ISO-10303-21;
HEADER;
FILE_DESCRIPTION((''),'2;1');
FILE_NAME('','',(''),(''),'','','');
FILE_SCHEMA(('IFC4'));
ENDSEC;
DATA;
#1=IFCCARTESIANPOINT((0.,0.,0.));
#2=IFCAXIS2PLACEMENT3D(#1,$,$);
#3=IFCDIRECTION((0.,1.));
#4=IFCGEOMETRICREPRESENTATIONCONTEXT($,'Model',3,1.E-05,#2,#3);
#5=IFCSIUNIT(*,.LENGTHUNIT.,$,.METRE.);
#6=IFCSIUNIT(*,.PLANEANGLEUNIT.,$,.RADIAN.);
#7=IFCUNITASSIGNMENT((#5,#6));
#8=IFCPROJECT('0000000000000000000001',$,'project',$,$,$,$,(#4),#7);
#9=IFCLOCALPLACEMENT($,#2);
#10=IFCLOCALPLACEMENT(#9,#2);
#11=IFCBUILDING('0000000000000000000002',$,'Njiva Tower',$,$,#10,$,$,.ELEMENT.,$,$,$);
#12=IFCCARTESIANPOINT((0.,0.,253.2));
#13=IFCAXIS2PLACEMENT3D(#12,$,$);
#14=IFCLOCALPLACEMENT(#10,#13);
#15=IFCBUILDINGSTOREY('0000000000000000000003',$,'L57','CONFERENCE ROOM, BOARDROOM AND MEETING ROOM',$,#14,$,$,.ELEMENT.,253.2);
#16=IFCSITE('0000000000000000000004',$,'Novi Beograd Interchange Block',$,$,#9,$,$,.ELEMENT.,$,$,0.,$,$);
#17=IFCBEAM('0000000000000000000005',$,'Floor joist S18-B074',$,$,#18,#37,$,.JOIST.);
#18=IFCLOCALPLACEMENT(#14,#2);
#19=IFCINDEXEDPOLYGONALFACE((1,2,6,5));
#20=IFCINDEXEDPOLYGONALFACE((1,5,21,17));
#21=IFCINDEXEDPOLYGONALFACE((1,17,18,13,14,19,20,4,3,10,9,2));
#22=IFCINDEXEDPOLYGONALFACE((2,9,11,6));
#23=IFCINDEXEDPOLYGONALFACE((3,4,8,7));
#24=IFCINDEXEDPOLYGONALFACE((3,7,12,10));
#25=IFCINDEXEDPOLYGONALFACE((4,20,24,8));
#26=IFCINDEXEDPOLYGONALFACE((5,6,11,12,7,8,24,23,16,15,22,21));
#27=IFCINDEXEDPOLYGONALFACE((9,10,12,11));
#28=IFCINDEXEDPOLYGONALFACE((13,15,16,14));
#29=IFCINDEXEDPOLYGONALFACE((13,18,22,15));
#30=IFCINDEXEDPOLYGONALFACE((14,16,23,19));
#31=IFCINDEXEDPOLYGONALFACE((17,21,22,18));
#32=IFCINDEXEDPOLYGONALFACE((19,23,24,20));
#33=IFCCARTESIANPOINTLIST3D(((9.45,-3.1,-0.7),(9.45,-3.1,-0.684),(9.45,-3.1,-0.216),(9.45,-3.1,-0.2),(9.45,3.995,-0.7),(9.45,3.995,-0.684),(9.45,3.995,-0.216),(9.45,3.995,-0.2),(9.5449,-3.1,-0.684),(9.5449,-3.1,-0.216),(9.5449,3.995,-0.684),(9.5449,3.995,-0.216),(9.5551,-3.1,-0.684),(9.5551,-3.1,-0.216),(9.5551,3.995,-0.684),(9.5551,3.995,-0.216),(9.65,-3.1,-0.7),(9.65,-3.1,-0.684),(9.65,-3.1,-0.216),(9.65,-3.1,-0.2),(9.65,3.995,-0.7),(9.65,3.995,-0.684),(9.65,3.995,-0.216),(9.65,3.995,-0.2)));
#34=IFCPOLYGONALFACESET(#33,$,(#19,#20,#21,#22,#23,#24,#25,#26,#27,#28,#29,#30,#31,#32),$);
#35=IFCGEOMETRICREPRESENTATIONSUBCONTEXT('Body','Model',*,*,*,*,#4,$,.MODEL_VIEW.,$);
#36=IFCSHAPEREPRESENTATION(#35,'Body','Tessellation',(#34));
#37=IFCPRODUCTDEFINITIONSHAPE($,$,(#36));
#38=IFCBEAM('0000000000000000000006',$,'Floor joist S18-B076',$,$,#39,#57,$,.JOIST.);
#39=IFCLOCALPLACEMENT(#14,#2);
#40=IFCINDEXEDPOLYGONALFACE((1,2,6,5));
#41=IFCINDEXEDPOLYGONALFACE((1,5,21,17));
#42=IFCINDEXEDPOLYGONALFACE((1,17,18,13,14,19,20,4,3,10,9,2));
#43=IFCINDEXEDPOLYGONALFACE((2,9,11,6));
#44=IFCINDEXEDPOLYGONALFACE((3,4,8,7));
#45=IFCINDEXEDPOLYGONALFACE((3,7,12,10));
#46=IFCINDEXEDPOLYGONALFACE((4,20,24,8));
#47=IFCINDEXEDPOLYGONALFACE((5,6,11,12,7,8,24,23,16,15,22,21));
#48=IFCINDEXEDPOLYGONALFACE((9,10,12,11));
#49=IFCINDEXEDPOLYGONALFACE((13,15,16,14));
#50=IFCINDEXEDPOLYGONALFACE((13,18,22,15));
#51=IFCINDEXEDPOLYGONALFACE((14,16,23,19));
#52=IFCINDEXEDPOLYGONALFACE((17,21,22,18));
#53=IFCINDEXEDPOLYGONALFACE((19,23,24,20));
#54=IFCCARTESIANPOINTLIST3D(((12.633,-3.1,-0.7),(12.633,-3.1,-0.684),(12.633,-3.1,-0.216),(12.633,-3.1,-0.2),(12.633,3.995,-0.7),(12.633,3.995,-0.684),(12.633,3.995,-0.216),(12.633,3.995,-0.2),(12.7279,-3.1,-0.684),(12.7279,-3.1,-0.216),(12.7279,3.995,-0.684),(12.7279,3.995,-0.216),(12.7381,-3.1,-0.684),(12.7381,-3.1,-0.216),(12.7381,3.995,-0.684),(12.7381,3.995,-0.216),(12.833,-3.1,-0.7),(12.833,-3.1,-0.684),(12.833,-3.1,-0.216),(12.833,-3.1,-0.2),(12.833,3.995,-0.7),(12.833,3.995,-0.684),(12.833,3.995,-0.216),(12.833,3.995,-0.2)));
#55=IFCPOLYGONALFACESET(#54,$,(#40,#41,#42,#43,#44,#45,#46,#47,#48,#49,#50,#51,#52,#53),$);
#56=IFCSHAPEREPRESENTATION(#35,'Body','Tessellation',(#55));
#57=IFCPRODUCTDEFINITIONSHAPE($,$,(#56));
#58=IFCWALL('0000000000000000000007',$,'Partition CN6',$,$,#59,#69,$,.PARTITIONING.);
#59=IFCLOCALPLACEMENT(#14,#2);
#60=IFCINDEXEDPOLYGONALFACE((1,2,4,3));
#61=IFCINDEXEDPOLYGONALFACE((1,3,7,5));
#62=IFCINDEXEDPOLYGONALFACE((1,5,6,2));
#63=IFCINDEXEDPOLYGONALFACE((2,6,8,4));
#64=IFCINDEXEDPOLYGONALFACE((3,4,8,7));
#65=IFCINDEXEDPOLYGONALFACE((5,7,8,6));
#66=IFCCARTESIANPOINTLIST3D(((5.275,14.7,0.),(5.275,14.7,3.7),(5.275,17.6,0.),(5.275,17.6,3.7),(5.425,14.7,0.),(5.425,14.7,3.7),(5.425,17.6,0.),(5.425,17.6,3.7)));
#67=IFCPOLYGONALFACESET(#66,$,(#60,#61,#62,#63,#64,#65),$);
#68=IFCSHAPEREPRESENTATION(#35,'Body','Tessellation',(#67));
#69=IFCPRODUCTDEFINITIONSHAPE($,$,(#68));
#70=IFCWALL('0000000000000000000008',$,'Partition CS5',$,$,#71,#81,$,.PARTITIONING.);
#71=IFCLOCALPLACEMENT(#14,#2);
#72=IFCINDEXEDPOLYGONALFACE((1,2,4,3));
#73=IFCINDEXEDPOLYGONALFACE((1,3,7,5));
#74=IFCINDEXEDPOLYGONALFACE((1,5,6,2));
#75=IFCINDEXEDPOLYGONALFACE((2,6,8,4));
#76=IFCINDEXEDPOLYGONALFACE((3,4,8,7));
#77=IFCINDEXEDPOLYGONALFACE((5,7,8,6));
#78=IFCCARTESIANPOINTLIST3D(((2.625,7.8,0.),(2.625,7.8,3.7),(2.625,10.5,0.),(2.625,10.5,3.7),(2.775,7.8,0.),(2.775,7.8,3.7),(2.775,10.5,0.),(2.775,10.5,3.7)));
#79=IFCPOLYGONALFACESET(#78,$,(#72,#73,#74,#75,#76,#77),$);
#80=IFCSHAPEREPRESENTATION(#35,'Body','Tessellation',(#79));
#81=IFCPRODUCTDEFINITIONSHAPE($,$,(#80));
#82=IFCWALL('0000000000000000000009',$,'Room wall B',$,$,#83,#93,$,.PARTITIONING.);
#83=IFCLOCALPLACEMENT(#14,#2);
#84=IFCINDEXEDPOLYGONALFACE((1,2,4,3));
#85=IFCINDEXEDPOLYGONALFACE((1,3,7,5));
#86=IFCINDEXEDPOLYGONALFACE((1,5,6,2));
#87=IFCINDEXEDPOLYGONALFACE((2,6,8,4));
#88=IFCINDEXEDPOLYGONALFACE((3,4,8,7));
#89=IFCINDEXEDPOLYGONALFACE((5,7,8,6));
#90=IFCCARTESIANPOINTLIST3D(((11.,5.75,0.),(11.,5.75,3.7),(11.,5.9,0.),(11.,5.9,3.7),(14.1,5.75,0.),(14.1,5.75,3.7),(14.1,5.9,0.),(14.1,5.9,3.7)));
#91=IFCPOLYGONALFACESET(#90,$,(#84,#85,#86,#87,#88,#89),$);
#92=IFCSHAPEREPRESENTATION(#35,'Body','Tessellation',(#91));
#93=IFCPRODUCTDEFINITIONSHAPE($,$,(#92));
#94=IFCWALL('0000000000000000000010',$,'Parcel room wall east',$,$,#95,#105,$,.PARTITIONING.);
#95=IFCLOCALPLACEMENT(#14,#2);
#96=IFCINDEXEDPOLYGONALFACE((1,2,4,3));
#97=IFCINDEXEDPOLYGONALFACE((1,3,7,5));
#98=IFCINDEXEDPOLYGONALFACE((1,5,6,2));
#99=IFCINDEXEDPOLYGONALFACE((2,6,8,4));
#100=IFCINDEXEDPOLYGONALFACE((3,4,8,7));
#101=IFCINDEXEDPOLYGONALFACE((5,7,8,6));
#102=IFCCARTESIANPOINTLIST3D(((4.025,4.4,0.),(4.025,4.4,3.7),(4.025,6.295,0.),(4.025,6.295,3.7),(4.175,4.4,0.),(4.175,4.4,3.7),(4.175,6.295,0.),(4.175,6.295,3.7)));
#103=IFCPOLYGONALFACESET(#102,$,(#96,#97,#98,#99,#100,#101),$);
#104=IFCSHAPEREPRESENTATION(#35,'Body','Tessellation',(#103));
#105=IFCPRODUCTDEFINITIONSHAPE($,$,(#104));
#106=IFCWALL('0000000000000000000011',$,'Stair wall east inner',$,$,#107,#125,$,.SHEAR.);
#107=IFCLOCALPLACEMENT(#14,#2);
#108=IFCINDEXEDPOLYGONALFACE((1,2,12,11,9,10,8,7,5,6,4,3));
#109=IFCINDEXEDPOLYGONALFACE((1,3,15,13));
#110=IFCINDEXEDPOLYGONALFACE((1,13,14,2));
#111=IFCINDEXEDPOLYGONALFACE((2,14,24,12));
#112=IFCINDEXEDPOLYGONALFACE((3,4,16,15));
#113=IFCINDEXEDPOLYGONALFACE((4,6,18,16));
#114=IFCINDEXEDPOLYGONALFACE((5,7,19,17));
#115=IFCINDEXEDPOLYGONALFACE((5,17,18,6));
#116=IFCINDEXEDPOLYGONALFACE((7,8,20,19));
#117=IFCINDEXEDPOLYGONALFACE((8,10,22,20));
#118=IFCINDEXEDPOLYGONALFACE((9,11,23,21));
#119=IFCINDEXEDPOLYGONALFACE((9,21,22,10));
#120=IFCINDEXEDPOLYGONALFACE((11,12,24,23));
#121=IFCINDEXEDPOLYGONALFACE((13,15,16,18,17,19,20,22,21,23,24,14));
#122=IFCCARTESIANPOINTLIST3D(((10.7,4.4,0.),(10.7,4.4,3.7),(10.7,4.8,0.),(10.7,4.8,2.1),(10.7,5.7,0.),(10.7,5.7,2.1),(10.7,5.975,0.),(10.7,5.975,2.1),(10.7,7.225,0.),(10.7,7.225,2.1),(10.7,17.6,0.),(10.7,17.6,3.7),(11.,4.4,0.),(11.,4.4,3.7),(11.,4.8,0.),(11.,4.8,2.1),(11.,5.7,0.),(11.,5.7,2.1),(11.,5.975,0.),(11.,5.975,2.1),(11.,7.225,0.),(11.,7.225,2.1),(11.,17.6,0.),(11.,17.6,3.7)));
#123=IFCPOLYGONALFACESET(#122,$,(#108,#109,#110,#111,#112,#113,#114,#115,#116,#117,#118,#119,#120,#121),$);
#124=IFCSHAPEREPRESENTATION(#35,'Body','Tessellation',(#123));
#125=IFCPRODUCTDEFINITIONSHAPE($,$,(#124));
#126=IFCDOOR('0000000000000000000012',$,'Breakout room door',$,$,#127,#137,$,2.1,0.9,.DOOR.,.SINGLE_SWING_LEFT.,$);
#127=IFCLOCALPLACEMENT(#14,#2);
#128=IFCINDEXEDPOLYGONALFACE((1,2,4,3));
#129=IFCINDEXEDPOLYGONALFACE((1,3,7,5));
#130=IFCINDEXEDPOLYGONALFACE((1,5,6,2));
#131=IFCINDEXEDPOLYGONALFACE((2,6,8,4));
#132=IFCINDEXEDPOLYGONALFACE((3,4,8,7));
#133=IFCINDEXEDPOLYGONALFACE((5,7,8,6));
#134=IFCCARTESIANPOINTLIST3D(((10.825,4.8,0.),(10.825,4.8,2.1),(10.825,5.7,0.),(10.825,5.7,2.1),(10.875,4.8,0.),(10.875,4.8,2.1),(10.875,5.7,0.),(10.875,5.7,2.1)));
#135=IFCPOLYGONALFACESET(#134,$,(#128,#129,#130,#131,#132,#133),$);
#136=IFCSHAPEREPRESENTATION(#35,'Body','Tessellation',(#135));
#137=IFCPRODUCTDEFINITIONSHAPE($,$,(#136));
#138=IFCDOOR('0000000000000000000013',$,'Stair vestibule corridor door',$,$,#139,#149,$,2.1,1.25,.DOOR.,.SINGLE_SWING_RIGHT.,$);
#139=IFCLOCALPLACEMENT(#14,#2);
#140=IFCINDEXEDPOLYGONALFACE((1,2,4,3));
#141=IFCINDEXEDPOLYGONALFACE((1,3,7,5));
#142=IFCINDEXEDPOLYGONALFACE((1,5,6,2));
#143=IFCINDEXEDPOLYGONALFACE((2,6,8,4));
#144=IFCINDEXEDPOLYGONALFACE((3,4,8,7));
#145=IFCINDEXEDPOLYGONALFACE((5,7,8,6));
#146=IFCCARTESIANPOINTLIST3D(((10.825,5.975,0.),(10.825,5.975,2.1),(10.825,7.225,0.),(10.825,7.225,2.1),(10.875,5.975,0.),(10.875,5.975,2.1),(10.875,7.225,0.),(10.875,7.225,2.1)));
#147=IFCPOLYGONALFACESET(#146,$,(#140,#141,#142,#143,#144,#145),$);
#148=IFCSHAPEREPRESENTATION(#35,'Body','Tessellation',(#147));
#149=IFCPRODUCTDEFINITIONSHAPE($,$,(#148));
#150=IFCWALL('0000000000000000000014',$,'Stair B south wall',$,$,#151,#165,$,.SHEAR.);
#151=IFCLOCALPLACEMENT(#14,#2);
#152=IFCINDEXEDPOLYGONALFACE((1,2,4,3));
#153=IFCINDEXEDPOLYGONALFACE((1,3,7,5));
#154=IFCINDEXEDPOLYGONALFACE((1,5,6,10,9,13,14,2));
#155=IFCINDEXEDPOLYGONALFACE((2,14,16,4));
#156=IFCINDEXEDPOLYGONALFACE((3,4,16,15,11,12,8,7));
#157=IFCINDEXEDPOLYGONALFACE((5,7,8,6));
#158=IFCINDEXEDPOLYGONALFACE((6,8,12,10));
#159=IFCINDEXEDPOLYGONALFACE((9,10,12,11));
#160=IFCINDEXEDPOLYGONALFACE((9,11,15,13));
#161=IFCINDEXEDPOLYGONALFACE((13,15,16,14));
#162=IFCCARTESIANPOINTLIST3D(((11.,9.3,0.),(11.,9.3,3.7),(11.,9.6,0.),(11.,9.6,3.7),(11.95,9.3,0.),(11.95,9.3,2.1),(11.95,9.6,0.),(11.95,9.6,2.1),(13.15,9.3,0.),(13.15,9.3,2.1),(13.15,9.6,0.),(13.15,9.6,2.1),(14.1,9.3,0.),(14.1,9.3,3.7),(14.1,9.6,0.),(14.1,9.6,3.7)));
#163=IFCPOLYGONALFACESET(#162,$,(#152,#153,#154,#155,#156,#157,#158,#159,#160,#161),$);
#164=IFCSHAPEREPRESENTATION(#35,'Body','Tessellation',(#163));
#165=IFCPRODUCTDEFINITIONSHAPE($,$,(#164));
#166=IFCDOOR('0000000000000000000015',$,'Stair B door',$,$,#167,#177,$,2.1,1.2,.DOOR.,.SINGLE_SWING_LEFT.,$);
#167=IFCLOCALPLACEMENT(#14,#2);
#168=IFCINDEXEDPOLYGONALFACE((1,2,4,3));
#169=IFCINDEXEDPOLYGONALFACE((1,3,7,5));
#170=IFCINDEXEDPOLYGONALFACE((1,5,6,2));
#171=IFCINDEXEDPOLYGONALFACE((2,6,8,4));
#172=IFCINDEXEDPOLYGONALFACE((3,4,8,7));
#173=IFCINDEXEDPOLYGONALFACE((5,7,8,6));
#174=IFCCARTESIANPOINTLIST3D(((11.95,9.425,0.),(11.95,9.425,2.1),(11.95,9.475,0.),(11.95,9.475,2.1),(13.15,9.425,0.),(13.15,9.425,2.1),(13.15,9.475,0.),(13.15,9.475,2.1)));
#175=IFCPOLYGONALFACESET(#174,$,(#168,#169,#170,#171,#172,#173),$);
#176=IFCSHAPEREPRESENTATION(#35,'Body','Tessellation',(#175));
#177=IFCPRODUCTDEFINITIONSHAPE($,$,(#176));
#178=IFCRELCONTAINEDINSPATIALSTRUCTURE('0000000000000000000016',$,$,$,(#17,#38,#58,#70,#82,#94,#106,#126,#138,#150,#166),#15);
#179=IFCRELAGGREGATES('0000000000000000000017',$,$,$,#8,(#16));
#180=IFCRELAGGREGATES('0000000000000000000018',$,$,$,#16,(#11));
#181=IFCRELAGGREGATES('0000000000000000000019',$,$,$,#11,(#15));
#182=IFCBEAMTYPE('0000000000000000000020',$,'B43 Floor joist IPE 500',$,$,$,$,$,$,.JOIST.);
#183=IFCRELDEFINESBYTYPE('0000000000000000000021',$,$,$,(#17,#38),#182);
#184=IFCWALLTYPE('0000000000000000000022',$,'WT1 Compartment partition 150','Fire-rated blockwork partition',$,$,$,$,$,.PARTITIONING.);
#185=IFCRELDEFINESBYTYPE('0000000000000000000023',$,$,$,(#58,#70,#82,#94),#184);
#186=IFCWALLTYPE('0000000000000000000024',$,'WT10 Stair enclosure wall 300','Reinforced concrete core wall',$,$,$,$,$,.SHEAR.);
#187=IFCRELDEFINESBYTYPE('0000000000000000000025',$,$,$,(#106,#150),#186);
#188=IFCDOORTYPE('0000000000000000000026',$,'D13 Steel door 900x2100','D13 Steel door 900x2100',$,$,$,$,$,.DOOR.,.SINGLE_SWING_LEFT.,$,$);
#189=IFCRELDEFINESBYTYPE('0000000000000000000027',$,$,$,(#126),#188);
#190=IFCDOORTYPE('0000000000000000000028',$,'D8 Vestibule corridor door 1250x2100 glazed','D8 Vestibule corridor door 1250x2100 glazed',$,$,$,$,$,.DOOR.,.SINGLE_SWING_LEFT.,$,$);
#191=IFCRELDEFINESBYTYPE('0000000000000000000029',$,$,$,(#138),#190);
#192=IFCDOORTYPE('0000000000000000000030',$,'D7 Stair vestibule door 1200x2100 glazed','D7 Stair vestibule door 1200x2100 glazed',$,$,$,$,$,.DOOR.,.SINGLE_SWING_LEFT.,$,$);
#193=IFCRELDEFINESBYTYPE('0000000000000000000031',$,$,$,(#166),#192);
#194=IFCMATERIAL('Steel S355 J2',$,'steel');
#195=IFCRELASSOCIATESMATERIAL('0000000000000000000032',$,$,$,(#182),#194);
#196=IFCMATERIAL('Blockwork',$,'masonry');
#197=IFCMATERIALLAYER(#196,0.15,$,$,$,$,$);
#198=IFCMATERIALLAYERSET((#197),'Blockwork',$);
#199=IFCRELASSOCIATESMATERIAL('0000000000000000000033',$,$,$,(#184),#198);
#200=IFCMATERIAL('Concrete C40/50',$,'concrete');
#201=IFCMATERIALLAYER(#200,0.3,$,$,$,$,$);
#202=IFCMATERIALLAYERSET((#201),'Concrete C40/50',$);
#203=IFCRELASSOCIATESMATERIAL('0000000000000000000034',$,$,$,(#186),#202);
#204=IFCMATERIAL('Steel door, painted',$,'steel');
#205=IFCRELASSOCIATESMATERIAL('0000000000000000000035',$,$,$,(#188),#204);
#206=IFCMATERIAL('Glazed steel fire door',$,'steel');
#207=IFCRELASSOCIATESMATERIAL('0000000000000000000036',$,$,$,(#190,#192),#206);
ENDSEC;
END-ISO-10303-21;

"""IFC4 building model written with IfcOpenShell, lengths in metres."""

from ifc_helpers import new_model, si_unit, direction, frame, frame_2d, origin, origin_2d, place, context, subcontext, project, spatial, rectangle, i_section, extrude, material, layer, layer_set, material_profile, profile_set, type_object, element, fill, save


model = new_model("IFC4")

# Units and contexts
model_context = context("Model", 3, precision=1e-05, world=origin(), true_north=direction((0.0, 1.0)))
body_context = subcontext(model_context, "Body", "Model", "MODEL_VIEW")
ifc_project = project(units=[si_unit("LENGTHUNIT", "METRE"), si_unit("PLANEANGLEUNIT", "RADIAN")], contexts=[model_context])

# Site, building, storey
site_placement = place(None, origin())
site = spatial("IfcSite", under=ifc_project, at=site_placement, Name="Novi Beograd Interchange Block", CompositionType="ELEMENT", RefElevation=0.0)
building_placement = place(site_placement, origin())
building = spatial("IfcBuilding", under=site, at=building_placement, Name="Njiva Tower", CompositionType="ELEMENT")
storey_placement = place(building_placement, frame((0.0, 0.0, 253.2)))
storey = spatial("IfcBuildingStorey", under=building, at=storey_placement, Name="L57", Description="CONFERENCE ROOM, BOARDROOM AND MEETING ROOM", CompositionType="ELEMENT", Elevation=253.2)

# Shared definitions
ifc_material_1 = material(Name="Steel S355 J2", Category="steel")

# Beams
ifc_material_profile_1 = material_profile(ifc_material_1, i_section(OverallWidth=0.2, OverallDepth=0.5, WebThickness=0.0102, FlangeThickness=0.016, at=origin_2d()), Name="IPE 500")
ifc_profile_set_1 = profile_set([ifc_material_profile_1], Name="Steel S355 J2")
beam_type_1 = type_object("IfcBeamType", Name="B43 Floor joist IPE 500", PredefinedType="JOIST", material=ifc_profile_set_1)
for number, where, z_axis, x_axis, name in (
    (1, (9.55, 3.995, -0.45), (0.0, -1.0, 0.0), (1.0, 0.0, 0.0), "Floor joist S18-B074"),
    (2, (12.733, 3.995, -0.45), (0.0, -1.0, 0.0), (1.0, 0.0, 0.0), "Floor joist S18-B076"),
):
    element("IfcBeam", number, at=place(storey_placement, frame(where, z_axis=z_axis, x_axis=x_axis)), inside=storey, type_object=beam_type_1, Name=name, PredefinedType="JOIST", context=body_context, shape_type="SweptSolid", body=[
        extrude(i_section(OverallWidth=0.2, OverallDepth=0.5, WebThickness=0.0102, FlangeThickness=0.016, at=origin_2d()), origin(), (0.0, 0.0, 1.0), 7.095),
    ])

# Walls
ifc_material_2 = material(Name="Blockwork", Category="masonry")
ifc_layer_1 = layer(ifc_material_2, 0.15)
ifc_layer_set_1 = layer_set([ifc_layer_1], Name="Blockwork")
wall_type_1 = type_object("IfcWallType", Name="WT1 Compartment partition 150", Description="Fire-rated blockwork partition", PredefinedType="PARTITIONING", material=ifc_layer_set_1)
wall_1_placement = place(storey_placement, frame((5.35, 14.7, 0.0), z_axis=(0.0, 0.0, 1.0), x_axis=(0.0, 1.0, 0.0)))
element("IfcWall", 3, at=wall_1_placement, inside=storey, type_object=wall_type_1, Name="Partition CN6", PredefinedType="PARTITIONING", context=body_context, shape_type="SweptSolid", body=[
    extrude(rectangle(XDim=2.9, YDim=0.15, at=frame_2d((1.45, 0.0))), origin(), (0.0, 0.0, 1.0), 3.7),
])
wall_2_placement = place(storey_placement, frame((2.7, 7.8, 0.0), z_axis=(0.0, 0.0, 1.0), x_axis=(0.0, 1.0, 0.0)))
element("IfcWall", 4, at=wall_2_placement, inside=storey, type_object=wall_type_1, Name="Partition CS5", PredefinedType="PARTITIONING", context=body_context, shape_type="SweptSolid", body=[
    extrude(rectangle(XDim=2.7, YDim=0.15, at=frame_2d((1.35, 0.0))), origin(), (0.0, 0.0, 1.0), 3.7),
])
wall_3_placement = place(storey_placement, frame((11.0, 5.825, 0.0), z_axis=(0.0, 0.0, 1.0), x_axis=(1.0, 0.0, 0.0)))
element("IfcWall", 5, at=wall_3_placement, inside=storey, type_object=wall_type_1, Name="Room wall B", PredefinedType="PARTITIONING", context=body_context, shape_type="SweptSolid", body=[
    extrude(rectangle(XDim=3.1, YDim=0.15, at=frame_2d((1.55, 0.0))), origin(), (0.0, 0.0, 1.0), 3.7),
])
wall_4_placement = place(storey_placement, frame((4.1, 4.4, 0.0), z_axis=(0.0, 0.0, 1.0), x_axis=(0.0, 1.0, 0.0)))
element("IfcWall", 6, at=wall_4_placement, inside=storey, type_object=wall_type_1, Name="Parcel room wall east", PredefinedType="PARTITIONING", context=body_context, shape_type="SweptSolid", body=[
    extrude(rectangle(XDim=1.895, YDim=0.15, at=frame_2d((0.9475, 0.0))), origin(), (0.0, 0.0, 1.0), 3.7),
])

# Wall, openings, doors
ifc_material_3 = material(Name="Concrete C40/50", Category="concrete")
ifc_layer_2 = layer(ifc_material_3, 0.3)
ifc_layer_set_2 = layer_set([ifc_layer_2], Name="Concrete C40/50")
wall_type_2 = type_object("IfcWallType", Name="WT10 Stair enclosure wall 300", Description="Reinforced concrete core wall", PredefinedType="SHEAR", material=ifc_layer_set_2)
wall_5_placement = place(storey_placement, frame((10.85, 4.4, 0.0), z_axis=(0.0, 0.0, 1.0), x_axis=(0.0, 1.0, 0.0)))
wall_5 = element("IfcWall", 7, at=wall_5_placement, inside=storey, type_object=wall_type_2, Name="Stair wall east inner", PredefinedType="SHEAR", context=body_context, shape_type="SweptSolid", body=[
    extrude(rectangle(XDim=13.2, YDim=0.3, at=frame_2d((6.6, 0.0))), origin(), (0.0, 0.0, 1.0), 3.7),
])
opening_1_placement = place(wall_5_placement, frame((1.575, 0.0, 0.0)))
opening_1 = element("IfcOpeningElement", 8, at=opening_1_placement, cuts=wall_5, PredefinedType="OPENING", context=body_context, shape_type="SweptSolid", body=[
    extrude(rectangle(XDim=1.25, YDim=2.1, at=frame_2d((0.625, 1.05))), frame((0.0, 0.16, 0.0), z_axis=(0.0, -1.0, 0.0), x_axis=(1.0, 0.0, 0.0)), (0.0, 0.0, 1.0), 0.32),
])
opening_2_placement = place(wall_5_placement, frame((0.4, 0.0, 0.0)))
opening_2 = element("IfcOpeningElement", 9, at=opening_2_placement, cuts=wall_5, PredefinedType="OPENING", context=body_context, shape_type="SweptSolid", body=[
    extrude(rectangle(XDim=0.9, YDim=2.1, at=frame_2d((0.45, 1.05))), frame((0.0, 0.16, 0.0), z_axis=(0.0, -1.0, 0.0), x_axis=(1.0, 0.0, 0.0)), (0.0, 0.0, 1.0), 0.32),
])
ifc_material_4 = material(Name="Steel door, painted", Category="steel")
door_type_1 = type_object("IfcDoorType", Name="D13 Steel door 900x2100", Description="D13 Steel door 900x2100", OperationType="SINGLE_SWING_LEFT", PredefinedType="DOOR", material=ifc_material_4)
door_1_placement = place(opening_2_placement, origin())
door_1 = element("IfcDoor", 10, at=door_1_placement, inside=storey, type_object=door_type_1, Name="Breakout room door", OperationType="SINGLE_SWING_LEFT", OverallHeight=2.1, OverallWidth=0.9, PredefinedType="DOOR", context=body_context, shape_type="SweptSolid", body=[
    extrude(rectangle(XDim=0.9, YDim=2.1, at=frame_2d((0.45, 1.05))), frame((0.0, 0.025, 0.0), z_axis=(0.0, -1.0, 0.0), x_axis=(1.0, 0.0, 0.0)), (0.0, 0.0, 1.0), 0.05),
])
fill(opening_2, door_1)
ifc_material_5 = material(Name="Glazed steel fire door", Category="steel")
door_type_2 = type_object("IfcDoorType", Name="D8 Vestibule corridor door 1250x2100 glazed", Description="D8 Vestibule corridor door 1250x2100 glazed", OperationType="SINGLE_SWING_LEFT", PredefinedType="DOOR", material=ifc_material_5)
door_2_placement = place(opening_1_placement, origin())
door_2 = element("IfcDoor", 11, at=door_2_placement, inside=storey, type_object=door_type_2, Name="Stair vestibule corridor door", OperationType="SINGLE_SWING_RIGHT", OverallHeight=2.1, OverallWidth=1.25, PredefinedType="DOOR", context=body_context, shape_type="SweptSolid", body=[
    extrude(rectangle(XDim=1.25, YDim=2.1, at=frame_2d((0.625, 1.05))), frame((0.0, 0.025, 0.0), z_axis=(0.0, -1.0, 0.0), x_axis=(1.0, 0.0, 0.0)), (0.0, 0.0, 1.0), 0.05),
])
fill(opening_1, door_2)

# Wall, opening, door
wall_6_placement = place(storey_placement, frame((11.0, 9.45, 0.0), z_axis=(0.0, 0.0, 1.0), x_axis=(1.0, 0.0, 0.0)))
wall_6 = element("IfcWall", 12, at=wall_6_placement, inside=storey, type_object=wall_type_2, Name="Stair B south wall", PredefinedType="SHEAR", context=body_context, shape_type="SweptSolid", body=[
    extrude(rectangle(XDim=3.1, YDim=0.3, at=frame_2d((1.55, 0.0))), origin(), (0.0, 0.0, 1.0), 3.7),
])
opening_3_placement = place(wall_6_placement, frame((0.95, 0.0, 0.0)))
opening_3 = element("IfcOpeningElement", 13, at=opening_3_placement, cuts=wall_6, PredefinedType="OPENING", context=body_context, shape_type="SweptSolid", body=[
    extrude(rectangle(XDim=1.2, YDim=2.1, at=frame_2d((0.6, 1.05))), frame((0.0, 0.16, 0.0), z_axis=(0.0, -1.0, 0.0), x_axis=(1.0, 0.0, 0.0)), (0.0, 0.0, 1.0), 0.32),
])
door_type_3 = type_object("IfcDoorType", Name="D7 Stair vestibule door 1200x2100 glazed", Description="D7 Stair vestibule door 1200x2100 glazed", OperationType="SINGLE_SWING_LEFT", PredefinedType="DOOR", material=ifc_material_5)
door_3_placement = place(opening_3_placement, origin())
door_3 = element("IfcDoor", 14, at=door_3_placement, inside=storey, type_object=door_type_3, Name="Stair B door", OperationType="SINGLE_SWING_LEFT", OverallHeight=2.1, OverallWidth=1.2, PredefinedType="DOOR", context=body_context, shape_type="SweptSolid", body=[
    extrude(rectangle(XDim=1.2, YDim=2.1, at=frame_2d((0.6, 1.05))), frame((0.0, 0.025, 0.0), z_axis=(0.0, -1.0, 0.0), x_axis=(1.0, 0.0, 0.0)), (0.0, 0.0, 1.0), 0.05),
])
fill(opening_3, door_3)

save(model, "model.ifc")
